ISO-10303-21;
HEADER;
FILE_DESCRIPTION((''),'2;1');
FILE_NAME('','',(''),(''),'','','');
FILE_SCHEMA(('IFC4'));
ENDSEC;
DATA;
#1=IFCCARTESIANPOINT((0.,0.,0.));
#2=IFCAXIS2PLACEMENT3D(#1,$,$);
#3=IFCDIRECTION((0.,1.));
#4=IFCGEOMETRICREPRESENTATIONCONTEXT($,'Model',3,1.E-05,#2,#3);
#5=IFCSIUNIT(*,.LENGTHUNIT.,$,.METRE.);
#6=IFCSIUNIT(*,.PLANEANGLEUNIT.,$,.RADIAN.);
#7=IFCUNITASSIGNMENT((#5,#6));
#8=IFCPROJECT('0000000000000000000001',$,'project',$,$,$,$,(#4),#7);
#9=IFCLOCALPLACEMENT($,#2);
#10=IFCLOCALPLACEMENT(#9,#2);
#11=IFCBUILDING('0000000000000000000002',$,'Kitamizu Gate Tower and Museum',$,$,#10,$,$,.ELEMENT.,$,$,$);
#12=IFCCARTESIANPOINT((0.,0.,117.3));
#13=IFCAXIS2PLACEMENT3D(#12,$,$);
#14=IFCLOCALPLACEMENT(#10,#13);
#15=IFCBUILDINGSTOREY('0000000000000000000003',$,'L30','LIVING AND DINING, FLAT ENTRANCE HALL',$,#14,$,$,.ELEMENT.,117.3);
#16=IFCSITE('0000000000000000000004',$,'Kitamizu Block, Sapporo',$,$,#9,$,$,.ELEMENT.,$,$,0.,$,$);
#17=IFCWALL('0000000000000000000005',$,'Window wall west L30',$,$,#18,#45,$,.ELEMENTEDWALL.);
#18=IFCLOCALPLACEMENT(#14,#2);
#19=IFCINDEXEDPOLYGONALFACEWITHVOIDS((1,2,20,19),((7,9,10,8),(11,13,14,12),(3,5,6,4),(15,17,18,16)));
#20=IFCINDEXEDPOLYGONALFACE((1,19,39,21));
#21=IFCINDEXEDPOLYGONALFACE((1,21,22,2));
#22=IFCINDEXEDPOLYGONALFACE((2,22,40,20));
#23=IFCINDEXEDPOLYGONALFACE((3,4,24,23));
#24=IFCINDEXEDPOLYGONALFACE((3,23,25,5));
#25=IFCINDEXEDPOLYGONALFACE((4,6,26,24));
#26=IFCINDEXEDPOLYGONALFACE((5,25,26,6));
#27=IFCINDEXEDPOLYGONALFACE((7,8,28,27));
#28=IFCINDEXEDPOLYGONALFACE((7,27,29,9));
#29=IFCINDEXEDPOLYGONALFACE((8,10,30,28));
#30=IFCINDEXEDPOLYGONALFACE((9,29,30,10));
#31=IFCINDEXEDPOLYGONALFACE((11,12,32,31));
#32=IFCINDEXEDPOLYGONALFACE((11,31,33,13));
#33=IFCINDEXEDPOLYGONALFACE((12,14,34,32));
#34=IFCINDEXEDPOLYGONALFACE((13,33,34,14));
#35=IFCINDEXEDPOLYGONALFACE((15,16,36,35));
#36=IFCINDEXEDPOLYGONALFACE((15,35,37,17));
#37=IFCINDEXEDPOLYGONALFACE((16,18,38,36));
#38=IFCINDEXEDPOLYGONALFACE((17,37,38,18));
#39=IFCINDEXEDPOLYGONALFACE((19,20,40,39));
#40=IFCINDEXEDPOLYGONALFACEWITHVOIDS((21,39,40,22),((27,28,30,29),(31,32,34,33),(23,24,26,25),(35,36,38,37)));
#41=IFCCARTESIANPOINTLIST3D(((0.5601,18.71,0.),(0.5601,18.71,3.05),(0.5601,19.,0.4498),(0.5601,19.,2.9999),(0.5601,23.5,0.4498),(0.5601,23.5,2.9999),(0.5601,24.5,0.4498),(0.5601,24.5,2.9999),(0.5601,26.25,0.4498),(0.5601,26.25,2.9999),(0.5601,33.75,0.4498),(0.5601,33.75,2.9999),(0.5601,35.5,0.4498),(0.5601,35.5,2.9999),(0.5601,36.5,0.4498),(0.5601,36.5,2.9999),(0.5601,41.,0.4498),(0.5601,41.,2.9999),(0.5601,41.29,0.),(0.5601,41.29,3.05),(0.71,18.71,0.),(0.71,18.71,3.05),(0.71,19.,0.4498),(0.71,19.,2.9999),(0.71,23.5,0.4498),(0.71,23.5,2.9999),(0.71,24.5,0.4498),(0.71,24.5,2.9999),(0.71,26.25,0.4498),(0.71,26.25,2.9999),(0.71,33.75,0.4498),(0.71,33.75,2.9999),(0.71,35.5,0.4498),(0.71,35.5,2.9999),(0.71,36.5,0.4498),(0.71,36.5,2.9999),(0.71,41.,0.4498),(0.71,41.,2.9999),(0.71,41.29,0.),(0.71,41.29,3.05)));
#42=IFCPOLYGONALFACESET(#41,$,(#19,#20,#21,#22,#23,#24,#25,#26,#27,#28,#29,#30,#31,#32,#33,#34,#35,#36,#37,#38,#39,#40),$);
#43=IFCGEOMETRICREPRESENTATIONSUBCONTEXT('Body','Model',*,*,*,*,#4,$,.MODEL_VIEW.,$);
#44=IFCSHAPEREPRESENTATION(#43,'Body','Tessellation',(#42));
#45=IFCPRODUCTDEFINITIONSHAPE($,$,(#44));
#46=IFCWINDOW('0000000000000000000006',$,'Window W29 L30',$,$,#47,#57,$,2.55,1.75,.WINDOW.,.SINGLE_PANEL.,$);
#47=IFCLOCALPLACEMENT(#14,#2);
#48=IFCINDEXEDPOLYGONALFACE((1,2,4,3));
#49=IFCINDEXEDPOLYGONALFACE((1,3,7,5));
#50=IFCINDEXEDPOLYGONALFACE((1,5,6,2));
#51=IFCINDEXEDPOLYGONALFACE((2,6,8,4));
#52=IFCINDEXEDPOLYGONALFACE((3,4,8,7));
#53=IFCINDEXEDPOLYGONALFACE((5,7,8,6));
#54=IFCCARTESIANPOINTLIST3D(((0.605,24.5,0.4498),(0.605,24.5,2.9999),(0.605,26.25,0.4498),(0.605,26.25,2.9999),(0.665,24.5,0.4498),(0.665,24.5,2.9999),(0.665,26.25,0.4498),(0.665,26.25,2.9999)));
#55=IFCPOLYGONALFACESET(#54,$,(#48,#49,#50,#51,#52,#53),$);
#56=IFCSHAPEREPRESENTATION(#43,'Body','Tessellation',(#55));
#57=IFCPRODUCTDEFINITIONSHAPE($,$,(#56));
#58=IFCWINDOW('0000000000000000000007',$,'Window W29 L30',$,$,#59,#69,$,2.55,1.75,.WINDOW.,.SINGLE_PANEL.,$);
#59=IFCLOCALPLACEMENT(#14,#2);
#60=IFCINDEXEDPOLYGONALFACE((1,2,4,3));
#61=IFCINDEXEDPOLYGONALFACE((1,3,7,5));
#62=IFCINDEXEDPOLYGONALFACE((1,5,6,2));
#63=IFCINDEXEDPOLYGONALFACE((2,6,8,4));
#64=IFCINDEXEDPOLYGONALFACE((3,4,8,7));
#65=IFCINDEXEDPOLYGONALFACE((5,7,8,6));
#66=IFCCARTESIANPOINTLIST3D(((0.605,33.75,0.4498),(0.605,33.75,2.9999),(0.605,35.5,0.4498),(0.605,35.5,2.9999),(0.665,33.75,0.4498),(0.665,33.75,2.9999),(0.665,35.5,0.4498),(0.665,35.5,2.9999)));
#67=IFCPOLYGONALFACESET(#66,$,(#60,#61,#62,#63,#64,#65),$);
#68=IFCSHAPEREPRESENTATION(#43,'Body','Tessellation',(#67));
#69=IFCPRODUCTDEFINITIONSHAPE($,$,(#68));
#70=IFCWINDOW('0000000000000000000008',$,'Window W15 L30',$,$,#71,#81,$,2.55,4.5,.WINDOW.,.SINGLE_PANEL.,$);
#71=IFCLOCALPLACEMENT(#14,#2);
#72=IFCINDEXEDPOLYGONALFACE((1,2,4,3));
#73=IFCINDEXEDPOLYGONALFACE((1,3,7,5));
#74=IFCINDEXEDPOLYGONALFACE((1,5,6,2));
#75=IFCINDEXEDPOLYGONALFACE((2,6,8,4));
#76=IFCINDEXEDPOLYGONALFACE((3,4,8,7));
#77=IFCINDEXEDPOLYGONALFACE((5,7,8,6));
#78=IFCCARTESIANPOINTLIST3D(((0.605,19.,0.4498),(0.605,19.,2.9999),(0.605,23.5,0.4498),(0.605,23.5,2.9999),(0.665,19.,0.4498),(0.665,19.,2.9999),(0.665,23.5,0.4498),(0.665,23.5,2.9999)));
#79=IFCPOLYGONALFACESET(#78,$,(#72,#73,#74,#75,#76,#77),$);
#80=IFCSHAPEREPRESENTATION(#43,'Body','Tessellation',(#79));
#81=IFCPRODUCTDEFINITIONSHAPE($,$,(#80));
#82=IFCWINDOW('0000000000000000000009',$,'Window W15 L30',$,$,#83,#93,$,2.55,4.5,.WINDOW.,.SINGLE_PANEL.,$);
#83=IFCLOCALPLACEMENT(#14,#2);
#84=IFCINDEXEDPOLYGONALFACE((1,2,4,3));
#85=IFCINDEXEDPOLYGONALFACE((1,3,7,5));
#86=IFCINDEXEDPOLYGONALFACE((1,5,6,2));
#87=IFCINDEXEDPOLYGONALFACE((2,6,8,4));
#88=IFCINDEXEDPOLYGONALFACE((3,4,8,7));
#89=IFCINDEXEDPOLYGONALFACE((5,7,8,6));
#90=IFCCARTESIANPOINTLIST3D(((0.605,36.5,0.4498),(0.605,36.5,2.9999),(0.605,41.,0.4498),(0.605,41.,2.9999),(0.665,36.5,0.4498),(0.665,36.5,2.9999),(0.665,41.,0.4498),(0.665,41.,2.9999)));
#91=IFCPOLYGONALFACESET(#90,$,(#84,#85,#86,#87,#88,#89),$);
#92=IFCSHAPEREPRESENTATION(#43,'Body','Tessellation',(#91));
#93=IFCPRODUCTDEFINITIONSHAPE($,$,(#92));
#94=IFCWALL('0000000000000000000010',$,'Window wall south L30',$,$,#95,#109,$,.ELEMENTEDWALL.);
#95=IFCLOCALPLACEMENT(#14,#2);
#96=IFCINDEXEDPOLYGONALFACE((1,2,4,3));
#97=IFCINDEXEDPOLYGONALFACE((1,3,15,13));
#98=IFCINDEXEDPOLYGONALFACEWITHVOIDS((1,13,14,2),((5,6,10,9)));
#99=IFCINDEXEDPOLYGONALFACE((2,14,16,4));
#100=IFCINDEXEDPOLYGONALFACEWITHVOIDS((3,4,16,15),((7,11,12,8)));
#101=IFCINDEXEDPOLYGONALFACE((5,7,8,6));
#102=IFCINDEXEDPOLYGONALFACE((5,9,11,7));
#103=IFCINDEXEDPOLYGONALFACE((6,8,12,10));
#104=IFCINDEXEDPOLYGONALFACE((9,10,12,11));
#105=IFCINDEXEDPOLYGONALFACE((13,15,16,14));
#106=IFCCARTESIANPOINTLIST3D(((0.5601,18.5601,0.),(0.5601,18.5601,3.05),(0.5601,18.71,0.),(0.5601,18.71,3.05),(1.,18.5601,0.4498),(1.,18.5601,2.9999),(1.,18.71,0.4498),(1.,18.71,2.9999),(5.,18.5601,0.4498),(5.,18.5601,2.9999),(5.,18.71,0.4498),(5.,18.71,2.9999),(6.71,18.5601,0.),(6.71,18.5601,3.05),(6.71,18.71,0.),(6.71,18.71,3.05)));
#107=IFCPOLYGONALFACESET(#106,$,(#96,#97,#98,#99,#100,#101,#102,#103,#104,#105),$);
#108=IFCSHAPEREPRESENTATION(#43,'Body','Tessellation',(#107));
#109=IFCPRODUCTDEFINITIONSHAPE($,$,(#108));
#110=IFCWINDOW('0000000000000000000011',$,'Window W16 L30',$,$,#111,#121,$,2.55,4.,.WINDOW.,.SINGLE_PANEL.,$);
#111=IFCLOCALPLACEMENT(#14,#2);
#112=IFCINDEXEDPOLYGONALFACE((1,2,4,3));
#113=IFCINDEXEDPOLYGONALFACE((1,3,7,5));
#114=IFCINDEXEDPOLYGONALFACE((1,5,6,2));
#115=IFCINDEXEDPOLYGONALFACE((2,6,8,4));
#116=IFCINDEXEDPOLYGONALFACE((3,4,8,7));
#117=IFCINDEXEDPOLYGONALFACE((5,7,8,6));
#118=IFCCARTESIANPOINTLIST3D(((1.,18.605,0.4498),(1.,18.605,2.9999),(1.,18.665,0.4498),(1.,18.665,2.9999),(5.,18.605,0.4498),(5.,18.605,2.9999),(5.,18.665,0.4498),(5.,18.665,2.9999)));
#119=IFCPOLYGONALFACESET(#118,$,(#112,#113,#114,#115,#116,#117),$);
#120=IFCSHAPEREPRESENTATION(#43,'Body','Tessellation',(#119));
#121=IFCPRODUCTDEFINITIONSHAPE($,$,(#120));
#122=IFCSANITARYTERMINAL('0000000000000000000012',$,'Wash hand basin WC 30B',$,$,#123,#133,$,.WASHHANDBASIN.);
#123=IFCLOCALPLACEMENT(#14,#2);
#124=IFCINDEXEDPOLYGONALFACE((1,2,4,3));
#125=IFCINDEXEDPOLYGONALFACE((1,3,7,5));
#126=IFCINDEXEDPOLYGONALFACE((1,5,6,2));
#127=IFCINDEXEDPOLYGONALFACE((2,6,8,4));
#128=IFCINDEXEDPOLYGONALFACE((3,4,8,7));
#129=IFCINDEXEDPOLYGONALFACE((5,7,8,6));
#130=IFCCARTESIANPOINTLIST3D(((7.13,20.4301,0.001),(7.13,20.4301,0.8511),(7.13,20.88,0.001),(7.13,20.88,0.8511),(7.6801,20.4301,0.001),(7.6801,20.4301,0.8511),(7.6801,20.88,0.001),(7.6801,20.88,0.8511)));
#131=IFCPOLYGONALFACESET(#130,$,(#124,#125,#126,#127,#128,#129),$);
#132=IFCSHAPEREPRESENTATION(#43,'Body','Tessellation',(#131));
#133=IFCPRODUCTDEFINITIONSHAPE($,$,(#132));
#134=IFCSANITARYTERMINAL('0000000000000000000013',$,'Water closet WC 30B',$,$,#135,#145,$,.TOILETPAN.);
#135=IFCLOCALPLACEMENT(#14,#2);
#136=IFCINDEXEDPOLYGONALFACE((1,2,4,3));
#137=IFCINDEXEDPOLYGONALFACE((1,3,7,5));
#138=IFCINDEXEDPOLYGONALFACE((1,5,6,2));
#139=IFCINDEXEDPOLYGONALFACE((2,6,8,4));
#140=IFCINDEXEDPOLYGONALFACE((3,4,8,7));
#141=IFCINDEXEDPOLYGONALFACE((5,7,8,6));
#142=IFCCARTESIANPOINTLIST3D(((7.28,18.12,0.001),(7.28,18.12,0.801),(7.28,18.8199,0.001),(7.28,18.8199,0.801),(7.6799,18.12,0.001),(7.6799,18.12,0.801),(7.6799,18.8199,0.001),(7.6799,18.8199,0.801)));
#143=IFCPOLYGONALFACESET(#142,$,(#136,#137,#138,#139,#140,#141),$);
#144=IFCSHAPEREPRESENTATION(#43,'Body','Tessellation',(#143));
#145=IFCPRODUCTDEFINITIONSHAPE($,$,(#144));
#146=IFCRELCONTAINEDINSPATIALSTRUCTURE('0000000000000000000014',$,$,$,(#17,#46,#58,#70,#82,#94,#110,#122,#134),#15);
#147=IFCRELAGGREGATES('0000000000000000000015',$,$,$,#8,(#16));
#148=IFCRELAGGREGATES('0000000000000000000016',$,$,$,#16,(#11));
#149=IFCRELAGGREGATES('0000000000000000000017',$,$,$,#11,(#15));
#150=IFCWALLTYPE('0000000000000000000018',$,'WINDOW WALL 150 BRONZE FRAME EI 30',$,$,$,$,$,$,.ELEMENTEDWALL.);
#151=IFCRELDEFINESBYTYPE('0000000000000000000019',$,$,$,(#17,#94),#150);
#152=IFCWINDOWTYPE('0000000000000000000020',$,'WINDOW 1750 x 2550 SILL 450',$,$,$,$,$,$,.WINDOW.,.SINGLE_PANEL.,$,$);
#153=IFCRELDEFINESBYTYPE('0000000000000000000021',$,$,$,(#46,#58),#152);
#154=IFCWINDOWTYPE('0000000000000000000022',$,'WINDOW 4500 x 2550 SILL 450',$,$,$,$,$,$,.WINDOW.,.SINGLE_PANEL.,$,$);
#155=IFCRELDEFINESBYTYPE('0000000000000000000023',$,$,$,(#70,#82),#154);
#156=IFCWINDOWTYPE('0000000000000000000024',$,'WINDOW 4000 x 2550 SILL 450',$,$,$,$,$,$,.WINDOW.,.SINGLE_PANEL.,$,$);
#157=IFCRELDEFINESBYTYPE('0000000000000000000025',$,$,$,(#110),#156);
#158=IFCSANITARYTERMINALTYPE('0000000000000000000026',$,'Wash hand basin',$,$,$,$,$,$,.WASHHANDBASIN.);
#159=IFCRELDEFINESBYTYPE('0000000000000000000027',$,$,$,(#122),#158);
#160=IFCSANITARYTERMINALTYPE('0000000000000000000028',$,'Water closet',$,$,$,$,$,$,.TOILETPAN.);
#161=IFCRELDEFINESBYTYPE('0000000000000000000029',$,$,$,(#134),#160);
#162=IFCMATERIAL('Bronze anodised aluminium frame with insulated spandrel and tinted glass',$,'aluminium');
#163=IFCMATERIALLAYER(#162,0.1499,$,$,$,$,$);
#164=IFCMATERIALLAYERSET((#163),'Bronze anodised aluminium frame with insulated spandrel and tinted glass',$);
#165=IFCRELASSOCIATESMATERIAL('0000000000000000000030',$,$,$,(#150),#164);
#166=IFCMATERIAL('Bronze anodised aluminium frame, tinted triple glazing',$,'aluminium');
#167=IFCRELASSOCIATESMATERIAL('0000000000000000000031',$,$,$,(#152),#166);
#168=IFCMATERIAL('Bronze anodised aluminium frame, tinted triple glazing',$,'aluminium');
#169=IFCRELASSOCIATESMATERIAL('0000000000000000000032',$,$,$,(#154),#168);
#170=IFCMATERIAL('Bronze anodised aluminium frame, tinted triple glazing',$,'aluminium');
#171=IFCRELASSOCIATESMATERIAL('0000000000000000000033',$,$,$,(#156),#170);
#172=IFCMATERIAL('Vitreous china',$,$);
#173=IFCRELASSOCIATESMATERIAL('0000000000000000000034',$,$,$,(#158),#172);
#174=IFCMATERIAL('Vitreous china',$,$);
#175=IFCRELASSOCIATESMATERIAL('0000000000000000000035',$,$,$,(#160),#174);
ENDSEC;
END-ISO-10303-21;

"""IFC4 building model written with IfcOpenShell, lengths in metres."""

from ifc_helpers import new_model, si_unit, direction, frame, frame_2d, origin, origin_2d, place, context, subcontext, project, spatial, rectangle, extrude, material, layer, layer_set, type_object, element, fill, save


model = new_model("IFC4")

# Units and contexts
model_context = context("Model", 3, precision=1e-05, world=origin(), true_north=direction((0.0, 1.0)))
body_context = subcontext(model_context, "Body", "Model", "MODEL_VIEW")
ifc_project = project(units=[si_unit("LENGTHUNIT", "METRE"), si_unit("PLANEANGLEUNIT", "RADIAN")], contexts=[model_context])

# Site, building, storey
site_placement = place(None, origin())
site = spatial("IfcSite", under=ifc_project, at=site_placement, Name="Kitamizu Block, Sapporo", CompositionType="ELEMENT", RefElevation=0.0)
building_placement = place(site_placement, origin())
building = spatial("IfcBuilding", under=site, at=building_placement, Name="Kitamizu Gate Tower and Museum", CompositionType="ELEMENT")
storey_placement = place(building_placement, frame((0.0, 0.0, 117.3)))
storey = spatial("IfcBuildingStorey", under=building, at=storey_placement, Name="L30", Description="LIVING AND DINING, FLAT ENTRANCE HALL", CompositionType="ELEMENT", Elevation=117.3)

# Wall, openings, windows
ifc_material_1 = material(Name="Bronze anodised aluminium frame with insulated spandrel and tinted glass", Category="aluminium")
ifc_layer_1 = layer(ifc_material_1, 0.1499)
ifc_layer_set_1 = layer_set([ifc_layer_1], Name="Bronze anodised aluminium frame with insulated spandrel and tinted glass")
wall_type_1 = type_object("IfcWallType", Name="WINDOW WALL 150 BRONZE FRAME EI 30", PredefinedType="ELEMENTEDWALL", material=ifc_layer_set_1)
wall_1_placement = place(storey_placement, frame((0.635, 18.71, 0.0), z_axis=(0.0, 0.0, 1.0), x_axis=(0.0, 1.0, 0.0)))
wall_1 = element("IfcWall", 1, at=wall_1_placement, inside=storey, type_object=wall_type_1, Name="Window wall west L30", PredefinedType="ELEMENTEDWALL", context=body_context, shape_type="SweptSolid", body=[
    extrude(rectangle(XDim=22.5801, YDim=0.1499, at=frame_2d((11.29, 0.0))), origin(), (0.0, 0.0, 1.0), 3.05),
])
opening_1_placement = place(wall_1_placement, frame((0.29, 0.0, 0.45)))
opening_1 = element("IfcOpeningElement", 2, at=opening_1_placement, cuts=wall_1, PredefinedType="OPENING", context=body_context, shape_type="SweptSolid", body=[
    extrude(rectangle(XDim=4.5, YDim=2.55, at=frame_2d((2.25, 1.2749))), frame((0.0, 0.085, 0.0), z_axis=(0.0, -1.0, 0.0), x_axis=(1.0, 0.0, 0.0)), (0.0, 0.0, 1.0), 0.1699),
])
opening_2_placement = place(wall_1_placement, frame((5.79, 0.0, 0.45)))
opening_2 = element("IfcOpeningElement", 3, at=opening_2_placement, cuts=wall_1, PredefinedType="OPENING", context=body_context, shape_type="SweptSolid", body=[
    extrude(rectangle(XDim=1.75, YDim=2.55, at=frame_2d((0.875, 1.2749))), frame((0.0, 0.085, 0.0), z_axis=(0.0, -1.0, 0.0), x_axis=(1.0, 0.0, 0.0)), (0.0, 0.0, 1.0), 0.1699),
])
opening_3_placement = place(wall_1_placement, frame((15.04, 0.0, 0.45)))
opening_3 = element("IfcOpeningElement", 4, at=opening_3_placement, cuts=wall_1, PredefinedType="OPENING", context=body_context, shape_type="SweptSolid", body=[
    extrude(rectangle(XDim=1.75, YDim=2.55, at=frame_2d((0.875, 1.2749))), frame((0.0, 0.085, 0.0), z_axis=(0.0, -1.0, 0.0), x_axis=(1.0, 0.0, 0.0)), (0.0, 0.0, 1.0), 0.1699),
])
opening_4_placement = place(wall_1_placement, frame((17.79, 0.0, 0.45)))
opening_4 = element("IfcOpeningElement", 5, at=opening_4_placement, cuts=wall_1, PredefinedType="OPENING", context=body_context, shape_type="SweptSolid", body=[
    extrude(rectangle(XDim=4.5, YDim=2.55, at=frame_2d((2.25, 1.2749))), frame((0.0, 0.085, 0.0), z_axis=(0.0, -1.0, 0.0), x_axis=(1.0, 0.0, 0.0)), (0.0, 0.0, 1.0), 0.1699),
])
ifc_material_2 = material(Name="Bronze anodised aluminium frame, tinted triple glazing", Category="aluminium")
window_type_1 = type_object("IfcWindowType", Name="WINDOW 1750 x 2550 SILL 450", PartitioningType="SINGLE_PANEL", PredefinedType="WINDOW", material=ifc_material_2)
window_1_placement = place(opening_2_placement, origin())
window_1 = element("IfcWindow", 6, at=window_1_placement, inside=storey, type_object=window_type_1, Name="Window W29 L30", OverallHeight=2.55, OverallWidth=1.75, PartitioningType="SINGLE_PANEL", PredefinedType="WINDOW", context=body_context, shape_type="SweptSolid", body=[
    extrude(rectangle(XDim=1.75, YDim=2.55, at=frame_2d((0.875, 1.2749))), frame((0.0, 0.03, 0.0), z_axis=(0.0, -1.0, 0.0), x_axis=(1.0, 0.0, 0.0)), (0.0, 0.0, 1.0), 0.0601),
])
fill(opening_2, window_1)
window_2_placement = place(opening_3_placement, origin())
window_2 = element("IfcWindow", 7, at=window_2_placement, inside=storey, type_object=window_type_1, Name="Window W29 L30", OverallHeight=2.55, OverallWidth=1.75, PartitioningType="SINGLE_PANEL", PredefinedType="WINDOW", context=body_context, shape_type="SweptSolid", body=[
    extrude(rectangle(XDim=1.75, YDim=2.55, at=frame_2d((0.875, 1.2749))), frame((0.0, 0.03, 0.0), z_axis=(0.0, -1.0, 0.0), x_axis=(1.0, 0.0, 0.0)), (0.0, 0.0, 1.0), 0.0601),
])
fill(opening_3, window_2)
ifc_material_3 = material(Name="Bronze anodised aluminium frame, tinted triple glazing", Category="aluminium")
window_type_2 = type_object("IfcWindowType", Name="WINDOW 4500 x 2550 SILL 450", PartitioningType="SINGLE_PANEL", PredefinedType="WINDOW", material=ifc_material_3)
window_3_placement = place(opening_1_placement, origin())
window_3 = element("IfcWindow", 8, at=window_3_placement, inside=storey, type_object=window_type_2, Name="Window W15 L30", OverallHeight=2.55, OverallWidth=4.5, PartitioningType="SINGLE_PANEL", PredefinedType="WINDOW", context=body_context, shape_type="SweptSolid", body=[
    extrude(rectangle(XDim=4.5, YDim=2.55, at=frame_2d((2.25, 1.2749))), frame((0.0, 0.03, 0.0), z_axis=(0.0, -1.0, 0.0), x_axis=(1.0, 0.0, 0.0)), (0.0, 0.0, 1.0), 0.0601),
])
fill(opening_1, window_3)
window_4_placement = place(opening_4_placement, origin())
window_4 = element("IfcWindow", 9, at=window_4_placement, inside=storey, type_object=window_type_2, Name="Window W15 L30", OverallHeight=2.55, OverallWidth=4.5, PartitioningType="SINGLE_PANEL", PredefinedType="WINDOW", context=body_context, shape_type="SweptSolid", body=[
    extrude(rectangle(XDim=4.5, YDim=2.55, at=frame_2d((2.25, 1.2749))), frame((0.0, 0.03, 0.0), z_axis=(0.0, -1.0, 0.0), x_axis=(1.0, 0.0, 0.0)), (0.0, 0.0, 1.0), 0.0601),
])
fill(opening_4, window_4)

# Wall, opening, window
wall_2_placement = place(storey_placement, frame((0.5601, 18.635, 0.0), z_axis=(0.0, 0.0, 1.0), x_axis=(1.0, 0.0, 0.0)))
wall_2 = element("IfcWall", 10, at=wall_2_placement, inside=storey, type_object=wall_type_1, Name="Window wall south L30", PredefinedType="ELEMENTEDWALL", context=body_context, shape_type="SweptSolid", body=[
    extrude(rectangle(XDim=6.1499, YDim=0.1499, at=frame_2d((3.075, 0.0))), origin(), (0.0, 0.0, 1.0), 3.05),
])
opening_5_placement = place(wall_2_placement, frame((0.4399, 0.0, 0.45)))
opening_5 = element("IfcOpeningElement", 11, at=opening_5_placement, cuts=wall_2, PredefinedType="OPENING", context=body_context, shape_type="SweptSolid", body=[
    extrude(rectangle(XDim=4.0, YDim=2.55, at=frame_2d((2.0, 1.2749))), frame((0.0, 0.085, 0.0), z_axis=(0.0, -1.0, 0.0), x_axis=(1.0, 0.0, 0.0)), (0.0, 0.0, 1.0), 0.1699),
])
ifc_material_4 = material(Name="Bronze anodised aluminium frame, tinted triple glazing", Category="aluminium")
window_type_3 = type_object("IfcWindowType", Name="WINDOW 4000 x 2550 SILL 450", PartitioningType="SINGLE_PANEL", PredefinedType="WINDOW", material=ifc_material_4)
window_5_placement = place(opening_5_placement, origin())
window_5 = element("IfcWindow", 12, at=window_5_placement, inside=storey, type_object=window_type_3, Name="Window W16 L30", OverallHeight=2.55, OverallWidth=4.0, PartitioningType="SINGLE_PANEL", PredefinedType="WINDOW", context=body_context, shape_type="SweptSolid", body=[
    extrude(rectangle(XDim=4.0, YDim=2.55, at=frame_2d((2.0, 1.2749))), frame((0.0, 0.03, 0.0), z_axis=(0.0, -1.0, 0.0), x_axis=(1.0, 0.0, 0.0)), (0.0, 0.0, 1.0), 0.0601),
])
fill(opening_5, window_5)

# Sanitary terminals
ifc_material_5 = material(Name="Vitreous china")
sanitary_terminal_type_1 = type_object("IfcSanitaryTerminalType", Name="Wash hand basin", PredefinedType="WASHHANDBASIN", material=ifc_material_5)
sanitary_terminal_1_placement = place(storey_placement, frame((7.405, 20.655, 0.001), z_axis=(0.0, 0.0, 1.0), x_axis=(1.0, 0.0, 0.0)))
element("IfcSanitaryTerminal", 13, at=sanitary_terminal_1_placement, inside=storey, type_object=sanitary_terminal_type_1, Name="Wash hand basin WC 30B", PredefinedType="WASHHANDBASIN", context=body_context, shape_type="SweptSolid", body=[
    extrude(rectangle(XDim=0.55, YDim=0.45, at=origin_2d()), origin(), (0.0, 0.0, 1.0), 0.8501),
])
ifc_material_6 = material(Name="Vitreous china")
sanitary_terminal_type_2 = type_object("IfcSanitaryTerminalType", Name="Water closet", PredefinedType="TOILETPAN", material=ifc_material_6)
sanitary_terminal_2_placement = place(storey_placement, frame((7.48, 18.47, 0.001), z_axis=(0.0, 0.0, 1.0), x_axis=(1.0, 0.0, 0.0)))
element("IfcSanitaryTerminal", 14, at=sanitary_terminal_2_placement, inside=storey, type_object=sanitary_terminal_type_2, Name="Water closet WC 30B", PredefinedType="TOILETPAN", context=body_context, shape_type="SweptSolid", body=[
    extrude(rectangle(XDim=0.3999, YDim=0.7, at=origin_2d()), origin(), (0.0, 0.0, 1.0), 0.8),
])

save(model, "model.ifc")
